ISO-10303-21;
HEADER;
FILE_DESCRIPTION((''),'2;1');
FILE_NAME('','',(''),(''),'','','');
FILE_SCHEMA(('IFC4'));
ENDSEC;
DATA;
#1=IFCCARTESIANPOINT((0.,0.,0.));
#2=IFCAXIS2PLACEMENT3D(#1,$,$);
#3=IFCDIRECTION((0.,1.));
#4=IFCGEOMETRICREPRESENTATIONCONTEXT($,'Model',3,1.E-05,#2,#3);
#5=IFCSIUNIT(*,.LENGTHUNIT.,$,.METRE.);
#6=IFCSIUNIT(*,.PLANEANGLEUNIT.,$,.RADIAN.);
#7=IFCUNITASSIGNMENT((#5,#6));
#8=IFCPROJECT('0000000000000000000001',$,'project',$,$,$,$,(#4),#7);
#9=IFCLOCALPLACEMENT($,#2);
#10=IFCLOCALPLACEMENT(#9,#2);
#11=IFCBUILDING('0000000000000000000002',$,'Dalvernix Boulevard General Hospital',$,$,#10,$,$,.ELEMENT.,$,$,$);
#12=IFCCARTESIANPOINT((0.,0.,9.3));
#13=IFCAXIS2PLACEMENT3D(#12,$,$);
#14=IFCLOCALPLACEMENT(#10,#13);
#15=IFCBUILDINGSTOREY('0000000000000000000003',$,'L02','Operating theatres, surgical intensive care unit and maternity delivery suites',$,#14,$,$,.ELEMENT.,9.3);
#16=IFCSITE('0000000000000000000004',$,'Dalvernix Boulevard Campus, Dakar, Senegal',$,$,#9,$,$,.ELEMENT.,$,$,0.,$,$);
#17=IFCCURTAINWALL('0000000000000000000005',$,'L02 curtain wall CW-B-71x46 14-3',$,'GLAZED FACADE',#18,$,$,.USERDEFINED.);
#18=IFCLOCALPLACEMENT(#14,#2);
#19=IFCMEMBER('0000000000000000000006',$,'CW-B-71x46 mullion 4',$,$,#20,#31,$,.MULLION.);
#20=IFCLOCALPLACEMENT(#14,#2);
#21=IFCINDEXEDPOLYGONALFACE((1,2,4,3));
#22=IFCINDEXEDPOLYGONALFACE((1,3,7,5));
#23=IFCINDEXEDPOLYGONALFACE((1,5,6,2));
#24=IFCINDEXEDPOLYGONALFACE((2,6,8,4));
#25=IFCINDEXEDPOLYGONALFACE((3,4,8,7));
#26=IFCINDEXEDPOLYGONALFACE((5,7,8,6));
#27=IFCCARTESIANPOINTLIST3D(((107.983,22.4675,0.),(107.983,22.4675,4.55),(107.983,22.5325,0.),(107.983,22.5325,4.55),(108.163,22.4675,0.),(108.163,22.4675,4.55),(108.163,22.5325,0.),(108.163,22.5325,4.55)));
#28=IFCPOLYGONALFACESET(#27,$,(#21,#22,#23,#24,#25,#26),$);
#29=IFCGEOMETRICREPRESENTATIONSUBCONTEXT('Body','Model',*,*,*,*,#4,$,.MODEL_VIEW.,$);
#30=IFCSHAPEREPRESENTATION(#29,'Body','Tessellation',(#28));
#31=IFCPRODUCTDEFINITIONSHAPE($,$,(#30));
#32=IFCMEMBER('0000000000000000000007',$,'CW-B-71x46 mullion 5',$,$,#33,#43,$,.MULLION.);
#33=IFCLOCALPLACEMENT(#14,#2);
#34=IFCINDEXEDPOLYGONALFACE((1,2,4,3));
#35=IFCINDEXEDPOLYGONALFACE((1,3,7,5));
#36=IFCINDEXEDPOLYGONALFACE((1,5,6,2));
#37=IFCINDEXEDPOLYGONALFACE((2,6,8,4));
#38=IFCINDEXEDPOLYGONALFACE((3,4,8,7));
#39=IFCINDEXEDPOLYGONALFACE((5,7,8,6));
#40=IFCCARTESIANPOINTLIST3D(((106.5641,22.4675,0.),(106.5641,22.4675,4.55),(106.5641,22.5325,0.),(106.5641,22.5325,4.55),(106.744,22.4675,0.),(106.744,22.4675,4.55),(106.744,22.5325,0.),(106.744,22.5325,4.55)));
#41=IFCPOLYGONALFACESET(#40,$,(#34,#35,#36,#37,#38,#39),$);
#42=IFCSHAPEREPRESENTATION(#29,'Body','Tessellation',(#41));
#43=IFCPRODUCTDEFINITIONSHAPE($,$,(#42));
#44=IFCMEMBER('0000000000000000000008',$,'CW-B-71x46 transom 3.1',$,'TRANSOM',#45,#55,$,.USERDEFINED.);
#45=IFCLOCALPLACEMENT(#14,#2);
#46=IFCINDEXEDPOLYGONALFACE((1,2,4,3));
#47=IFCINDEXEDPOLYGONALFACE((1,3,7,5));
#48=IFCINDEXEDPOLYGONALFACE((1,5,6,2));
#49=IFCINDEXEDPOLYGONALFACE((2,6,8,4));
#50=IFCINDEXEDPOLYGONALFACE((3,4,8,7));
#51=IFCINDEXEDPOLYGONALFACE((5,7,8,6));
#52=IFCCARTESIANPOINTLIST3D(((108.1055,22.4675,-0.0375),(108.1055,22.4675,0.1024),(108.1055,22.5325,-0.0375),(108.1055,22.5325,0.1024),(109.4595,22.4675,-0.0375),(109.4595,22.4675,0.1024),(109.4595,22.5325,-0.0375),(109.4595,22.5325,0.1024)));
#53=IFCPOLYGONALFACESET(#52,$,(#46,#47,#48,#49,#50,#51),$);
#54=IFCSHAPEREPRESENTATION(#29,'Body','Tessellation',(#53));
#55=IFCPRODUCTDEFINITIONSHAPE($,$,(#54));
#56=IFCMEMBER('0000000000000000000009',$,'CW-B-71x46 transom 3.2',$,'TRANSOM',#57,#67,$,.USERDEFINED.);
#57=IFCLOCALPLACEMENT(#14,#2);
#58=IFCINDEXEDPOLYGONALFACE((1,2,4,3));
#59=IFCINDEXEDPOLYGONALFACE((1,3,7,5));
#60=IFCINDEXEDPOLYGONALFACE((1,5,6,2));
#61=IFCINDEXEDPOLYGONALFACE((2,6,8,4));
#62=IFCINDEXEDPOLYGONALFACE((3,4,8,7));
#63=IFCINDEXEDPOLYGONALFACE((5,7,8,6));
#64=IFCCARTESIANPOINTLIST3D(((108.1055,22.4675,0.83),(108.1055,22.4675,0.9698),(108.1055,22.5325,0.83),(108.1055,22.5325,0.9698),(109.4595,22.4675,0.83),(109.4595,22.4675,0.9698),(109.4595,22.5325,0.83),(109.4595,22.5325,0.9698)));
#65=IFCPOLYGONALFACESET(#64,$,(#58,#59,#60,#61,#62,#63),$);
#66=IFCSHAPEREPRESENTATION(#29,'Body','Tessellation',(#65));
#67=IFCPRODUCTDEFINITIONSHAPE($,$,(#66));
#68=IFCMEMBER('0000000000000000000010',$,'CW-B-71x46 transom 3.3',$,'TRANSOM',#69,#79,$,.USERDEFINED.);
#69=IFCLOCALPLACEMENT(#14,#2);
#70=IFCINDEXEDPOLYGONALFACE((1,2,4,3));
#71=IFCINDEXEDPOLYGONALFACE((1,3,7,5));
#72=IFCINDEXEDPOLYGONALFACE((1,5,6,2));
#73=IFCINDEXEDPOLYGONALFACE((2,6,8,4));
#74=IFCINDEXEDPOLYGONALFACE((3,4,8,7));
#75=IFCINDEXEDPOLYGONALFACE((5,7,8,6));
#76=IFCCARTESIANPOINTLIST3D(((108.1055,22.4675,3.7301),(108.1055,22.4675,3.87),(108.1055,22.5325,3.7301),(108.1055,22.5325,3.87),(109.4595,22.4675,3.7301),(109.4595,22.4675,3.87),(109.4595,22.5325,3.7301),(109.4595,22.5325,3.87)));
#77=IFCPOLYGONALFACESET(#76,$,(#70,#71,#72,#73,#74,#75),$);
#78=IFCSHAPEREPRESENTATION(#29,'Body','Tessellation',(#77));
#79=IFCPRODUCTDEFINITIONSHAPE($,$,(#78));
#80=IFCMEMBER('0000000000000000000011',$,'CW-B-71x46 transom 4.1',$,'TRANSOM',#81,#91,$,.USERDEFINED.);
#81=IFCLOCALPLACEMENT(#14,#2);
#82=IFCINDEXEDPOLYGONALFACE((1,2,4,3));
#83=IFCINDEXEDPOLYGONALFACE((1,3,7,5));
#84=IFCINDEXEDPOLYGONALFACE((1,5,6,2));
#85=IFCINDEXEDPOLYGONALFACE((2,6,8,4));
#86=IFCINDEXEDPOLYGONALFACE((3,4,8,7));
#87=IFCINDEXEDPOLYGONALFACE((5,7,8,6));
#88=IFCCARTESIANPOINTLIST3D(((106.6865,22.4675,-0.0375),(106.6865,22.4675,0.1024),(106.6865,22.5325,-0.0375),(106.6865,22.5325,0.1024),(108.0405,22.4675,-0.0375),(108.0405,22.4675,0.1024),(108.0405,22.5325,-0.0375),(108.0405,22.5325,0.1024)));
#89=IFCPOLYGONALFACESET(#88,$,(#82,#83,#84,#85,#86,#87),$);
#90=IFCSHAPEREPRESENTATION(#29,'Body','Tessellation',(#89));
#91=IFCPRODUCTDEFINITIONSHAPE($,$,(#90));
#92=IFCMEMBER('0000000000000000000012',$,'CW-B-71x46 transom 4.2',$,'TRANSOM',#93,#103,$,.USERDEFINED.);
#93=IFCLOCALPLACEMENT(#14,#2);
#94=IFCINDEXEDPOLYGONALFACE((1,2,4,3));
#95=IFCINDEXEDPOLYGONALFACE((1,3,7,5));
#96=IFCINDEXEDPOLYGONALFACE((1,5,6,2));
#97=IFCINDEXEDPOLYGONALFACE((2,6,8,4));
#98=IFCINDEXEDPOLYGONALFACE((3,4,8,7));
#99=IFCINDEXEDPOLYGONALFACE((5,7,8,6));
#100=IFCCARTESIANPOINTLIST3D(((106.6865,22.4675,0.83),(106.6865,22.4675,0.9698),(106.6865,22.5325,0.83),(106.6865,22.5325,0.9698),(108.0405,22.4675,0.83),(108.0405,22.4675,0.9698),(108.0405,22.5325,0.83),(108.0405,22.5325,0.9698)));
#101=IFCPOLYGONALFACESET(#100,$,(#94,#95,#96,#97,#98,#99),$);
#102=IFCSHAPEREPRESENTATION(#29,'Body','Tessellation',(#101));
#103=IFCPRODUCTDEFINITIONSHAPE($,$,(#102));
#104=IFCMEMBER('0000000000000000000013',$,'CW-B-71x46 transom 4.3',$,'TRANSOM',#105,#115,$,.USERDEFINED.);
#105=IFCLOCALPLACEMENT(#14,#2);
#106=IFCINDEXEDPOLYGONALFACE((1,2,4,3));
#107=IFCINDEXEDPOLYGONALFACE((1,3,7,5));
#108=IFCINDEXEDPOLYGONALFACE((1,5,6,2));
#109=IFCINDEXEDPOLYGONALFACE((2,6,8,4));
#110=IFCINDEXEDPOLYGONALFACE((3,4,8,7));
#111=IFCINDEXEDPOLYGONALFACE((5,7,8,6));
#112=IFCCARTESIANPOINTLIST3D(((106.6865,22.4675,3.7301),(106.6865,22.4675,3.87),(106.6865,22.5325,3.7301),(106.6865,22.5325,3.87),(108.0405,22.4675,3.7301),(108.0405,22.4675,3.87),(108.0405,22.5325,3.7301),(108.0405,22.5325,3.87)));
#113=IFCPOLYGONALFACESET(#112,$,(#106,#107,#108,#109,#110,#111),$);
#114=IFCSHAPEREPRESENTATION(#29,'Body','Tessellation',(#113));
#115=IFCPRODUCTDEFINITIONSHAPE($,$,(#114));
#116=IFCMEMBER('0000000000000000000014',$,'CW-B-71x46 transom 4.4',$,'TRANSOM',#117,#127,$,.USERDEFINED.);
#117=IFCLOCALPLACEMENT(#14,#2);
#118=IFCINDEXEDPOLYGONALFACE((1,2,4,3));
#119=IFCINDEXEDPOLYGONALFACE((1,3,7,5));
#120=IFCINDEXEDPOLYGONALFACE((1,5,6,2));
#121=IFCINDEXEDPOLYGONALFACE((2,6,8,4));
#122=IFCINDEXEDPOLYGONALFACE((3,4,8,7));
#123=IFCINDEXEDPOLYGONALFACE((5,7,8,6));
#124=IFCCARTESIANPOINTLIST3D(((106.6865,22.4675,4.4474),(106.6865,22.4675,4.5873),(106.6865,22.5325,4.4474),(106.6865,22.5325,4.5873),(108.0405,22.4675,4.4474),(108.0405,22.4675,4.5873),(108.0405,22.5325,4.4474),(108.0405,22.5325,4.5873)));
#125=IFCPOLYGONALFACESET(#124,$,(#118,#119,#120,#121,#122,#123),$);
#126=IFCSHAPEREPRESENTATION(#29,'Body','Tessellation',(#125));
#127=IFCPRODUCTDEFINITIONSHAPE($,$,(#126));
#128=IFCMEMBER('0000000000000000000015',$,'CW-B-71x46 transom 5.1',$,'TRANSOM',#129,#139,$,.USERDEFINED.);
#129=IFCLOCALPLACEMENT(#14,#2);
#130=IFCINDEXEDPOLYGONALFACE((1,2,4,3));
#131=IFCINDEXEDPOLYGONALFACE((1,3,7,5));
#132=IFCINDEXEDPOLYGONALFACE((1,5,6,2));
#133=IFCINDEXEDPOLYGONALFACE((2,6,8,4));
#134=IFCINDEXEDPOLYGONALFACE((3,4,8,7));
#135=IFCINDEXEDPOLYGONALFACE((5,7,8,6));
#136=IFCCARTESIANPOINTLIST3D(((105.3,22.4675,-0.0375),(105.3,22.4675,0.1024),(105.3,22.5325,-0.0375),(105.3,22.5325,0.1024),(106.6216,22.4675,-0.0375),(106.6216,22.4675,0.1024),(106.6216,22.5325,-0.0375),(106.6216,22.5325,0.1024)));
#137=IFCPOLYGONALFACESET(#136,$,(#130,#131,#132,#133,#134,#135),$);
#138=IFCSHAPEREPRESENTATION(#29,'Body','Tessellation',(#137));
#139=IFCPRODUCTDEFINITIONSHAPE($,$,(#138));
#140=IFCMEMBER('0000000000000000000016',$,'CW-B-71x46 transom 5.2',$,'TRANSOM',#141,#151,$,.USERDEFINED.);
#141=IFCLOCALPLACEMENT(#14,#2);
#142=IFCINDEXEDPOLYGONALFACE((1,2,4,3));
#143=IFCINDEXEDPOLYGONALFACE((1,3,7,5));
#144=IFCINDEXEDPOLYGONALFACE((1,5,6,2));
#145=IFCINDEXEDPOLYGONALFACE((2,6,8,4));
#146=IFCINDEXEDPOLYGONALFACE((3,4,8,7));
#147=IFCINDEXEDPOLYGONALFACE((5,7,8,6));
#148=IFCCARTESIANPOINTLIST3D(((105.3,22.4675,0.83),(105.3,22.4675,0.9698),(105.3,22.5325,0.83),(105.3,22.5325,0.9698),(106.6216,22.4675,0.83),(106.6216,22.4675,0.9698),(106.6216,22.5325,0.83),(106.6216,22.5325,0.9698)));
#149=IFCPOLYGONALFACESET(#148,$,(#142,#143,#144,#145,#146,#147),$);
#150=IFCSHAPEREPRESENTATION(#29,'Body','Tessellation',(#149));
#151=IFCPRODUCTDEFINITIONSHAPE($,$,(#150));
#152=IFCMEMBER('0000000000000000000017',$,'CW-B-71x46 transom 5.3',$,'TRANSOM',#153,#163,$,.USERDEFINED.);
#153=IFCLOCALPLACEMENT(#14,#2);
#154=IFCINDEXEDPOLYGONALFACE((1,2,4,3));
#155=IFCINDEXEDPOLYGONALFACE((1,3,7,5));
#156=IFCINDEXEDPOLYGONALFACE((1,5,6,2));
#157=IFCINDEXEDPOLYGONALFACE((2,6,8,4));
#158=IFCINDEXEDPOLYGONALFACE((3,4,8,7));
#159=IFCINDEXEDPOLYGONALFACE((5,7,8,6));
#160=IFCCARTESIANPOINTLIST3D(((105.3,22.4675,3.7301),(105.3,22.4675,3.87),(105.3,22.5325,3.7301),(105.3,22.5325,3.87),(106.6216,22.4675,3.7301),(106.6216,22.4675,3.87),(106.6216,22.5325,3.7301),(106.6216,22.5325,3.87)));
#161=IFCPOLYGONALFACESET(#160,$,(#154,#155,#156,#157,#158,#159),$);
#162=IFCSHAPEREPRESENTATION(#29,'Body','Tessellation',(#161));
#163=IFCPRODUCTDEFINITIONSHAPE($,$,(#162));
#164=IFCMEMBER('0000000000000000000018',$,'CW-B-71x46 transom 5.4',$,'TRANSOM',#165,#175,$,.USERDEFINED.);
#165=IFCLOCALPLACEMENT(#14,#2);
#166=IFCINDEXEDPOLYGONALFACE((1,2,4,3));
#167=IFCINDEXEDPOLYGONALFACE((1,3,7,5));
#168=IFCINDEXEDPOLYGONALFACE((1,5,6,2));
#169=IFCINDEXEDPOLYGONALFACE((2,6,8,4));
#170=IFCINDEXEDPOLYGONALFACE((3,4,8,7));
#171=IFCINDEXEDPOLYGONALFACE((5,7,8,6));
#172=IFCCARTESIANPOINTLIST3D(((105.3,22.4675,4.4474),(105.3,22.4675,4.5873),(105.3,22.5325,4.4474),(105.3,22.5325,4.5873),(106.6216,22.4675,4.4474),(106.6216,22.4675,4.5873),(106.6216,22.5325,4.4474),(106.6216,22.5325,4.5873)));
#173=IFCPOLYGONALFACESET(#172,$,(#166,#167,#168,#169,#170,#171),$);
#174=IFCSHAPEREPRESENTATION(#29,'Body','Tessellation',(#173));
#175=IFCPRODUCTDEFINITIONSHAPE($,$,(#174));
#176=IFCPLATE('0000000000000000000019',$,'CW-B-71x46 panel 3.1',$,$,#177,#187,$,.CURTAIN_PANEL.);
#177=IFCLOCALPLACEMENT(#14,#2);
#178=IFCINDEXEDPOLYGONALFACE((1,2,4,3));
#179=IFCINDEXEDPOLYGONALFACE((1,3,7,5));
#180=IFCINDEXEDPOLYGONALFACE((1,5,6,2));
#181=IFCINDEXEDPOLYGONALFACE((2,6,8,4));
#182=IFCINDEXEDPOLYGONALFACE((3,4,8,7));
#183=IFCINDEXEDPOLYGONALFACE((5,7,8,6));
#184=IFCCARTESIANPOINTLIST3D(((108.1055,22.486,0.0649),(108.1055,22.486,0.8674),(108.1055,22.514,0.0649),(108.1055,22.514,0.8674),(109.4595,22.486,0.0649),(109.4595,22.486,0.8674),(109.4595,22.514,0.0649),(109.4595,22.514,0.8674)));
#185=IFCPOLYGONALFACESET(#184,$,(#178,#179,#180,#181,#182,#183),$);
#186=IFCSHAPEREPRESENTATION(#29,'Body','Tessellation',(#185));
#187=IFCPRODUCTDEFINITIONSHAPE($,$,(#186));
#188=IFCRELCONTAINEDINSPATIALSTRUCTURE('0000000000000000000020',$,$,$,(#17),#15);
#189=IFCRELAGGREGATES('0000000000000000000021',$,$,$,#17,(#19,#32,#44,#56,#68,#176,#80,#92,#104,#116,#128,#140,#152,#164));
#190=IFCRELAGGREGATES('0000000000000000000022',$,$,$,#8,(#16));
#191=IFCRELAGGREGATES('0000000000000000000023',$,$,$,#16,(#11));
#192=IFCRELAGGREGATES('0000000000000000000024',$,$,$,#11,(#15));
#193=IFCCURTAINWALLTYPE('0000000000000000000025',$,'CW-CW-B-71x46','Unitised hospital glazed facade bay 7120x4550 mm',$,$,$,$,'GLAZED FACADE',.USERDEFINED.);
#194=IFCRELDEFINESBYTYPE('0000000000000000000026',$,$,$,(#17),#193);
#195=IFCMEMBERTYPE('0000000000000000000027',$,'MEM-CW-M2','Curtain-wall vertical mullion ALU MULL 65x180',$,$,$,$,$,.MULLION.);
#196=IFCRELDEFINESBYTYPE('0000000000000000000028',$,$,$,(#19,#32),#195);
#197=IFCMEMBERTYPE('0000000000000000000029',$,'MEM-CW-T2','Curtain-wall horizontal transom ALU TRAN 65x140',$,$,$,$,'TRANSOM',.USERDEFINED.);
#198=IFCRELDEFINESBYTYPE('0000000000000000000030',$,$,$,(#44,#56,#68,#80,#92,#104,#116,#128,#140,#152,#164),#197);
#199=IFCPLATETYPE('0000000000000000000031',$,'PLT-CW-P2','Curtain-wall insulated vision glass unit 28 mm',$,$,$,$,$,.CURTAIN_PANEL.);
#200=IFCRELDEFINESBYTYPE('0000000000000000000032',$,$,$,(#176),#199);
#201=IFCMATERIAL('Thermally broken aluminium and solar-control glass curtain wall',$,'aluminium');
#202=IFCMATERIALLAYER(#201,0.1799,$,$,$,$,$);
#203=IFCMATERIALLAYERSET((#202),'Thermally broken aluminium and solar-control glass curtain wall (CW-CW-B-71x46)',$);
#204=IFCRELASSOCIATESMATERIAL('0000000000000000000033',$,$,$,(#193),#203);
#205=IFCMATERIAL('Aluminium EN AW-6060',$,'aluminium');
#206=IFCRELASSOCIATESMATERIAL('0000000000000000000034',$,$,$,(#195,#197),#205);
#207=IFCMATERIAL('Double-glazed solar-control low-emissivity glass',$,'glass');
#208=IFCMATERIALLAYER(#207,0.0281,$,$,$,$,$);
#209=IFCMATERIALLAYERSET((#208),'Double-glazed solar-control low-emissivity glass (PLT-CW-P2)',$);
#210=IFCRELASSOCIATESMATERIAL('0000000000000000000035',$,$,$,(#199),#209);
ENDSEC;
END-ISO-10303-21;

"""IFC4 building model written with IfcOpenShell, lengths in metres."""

from ifc_helpers import new_model, si_unit, direction, frame, origin, origin_2d, place, context, subcontext, project, spatial, rectangle, extrude, material, layer, layer_set, material_profile, profile_set, type_object, element, aggregate, save


model = new_model("IFC4")

# Units and contexts
model_context = context("Model", 3, precision=1e-05, world=origin(), true_north=direction((0.0, 1.0)))
body_context = subcontext(model_context, "Body", "Model", "MODEL_VIEW")
ifc_project = project(units=[si_unit("LENGTHUNIT", "METRE"), si_unit("PLANEANGLEUNIT", "RADIAN")], contexts=[model_context])

# Site, building, storey
site_placement = place(None, origin())
site = spatial("IfcSite", under=ifc_project, at=site_placement, Name="Dalvernix Boulevard Campus, Dakar, Senegal", CompositionType="ELEMENT", RefElevation=0.0)
building_placement = place(site_placement, origin())
building = spatial("IfcBuilding", under=site, at=building_placement, Name="Dalvernix Boulevard General Hospital", CompositionType="ELEMENT")
storey_placement = place(building_placement, frame((0.0, 0.0, 9.3)))
storey = spatial("IfcBuildingStorey", under=building, at=storey_placement, Name="L02", Description="Operating theatres, surgical intensive care unit and maternity delivery suites", CompositionType="ELEMENT", Elevation=9.3)

# Curtain wall, members, plate
ifc_material_1 = material(Name="Thermally broken aluminium and solar-control glass curtain wall", Category="aluminium")
ifc_layer_1 = layer(ifc_material_1, 0.1799)
ifc_layer_set_1 = layer_set([ifc_layer_1], Name="Thermally broken aluminium and solar-control glass curtain wall (CW-CW-B-71x46)")
curtain_wall_type = type_object("IfcCurtainWallType", Name="CW-CW-B-71x46", Description="Unitised hospital glazed facade bay 7120x4550 mm", ElementType="GLAZED FACADE", PredefinedType="USERDEFINED", material=ifc_layer_set_1)
curtain_wall_placement = place(storey_placement, origin())
curtain_wall = element("IfcCurtainWall", 1, at=curtain_wall_placement, inside=storey, type_object=curtain_wall_type, Name="L02 curtain wall CW-B-71x46 14-3", ObjectType="GLAZED FACADE", PredefinedType="USERDEFINED")
ifc_material_2 = material(Name="Aluminium EN AW-6060", Category="aluminium")
ifc_material_profile_1 = material_profile(ifc_material_2, rectangle(XDim=0.0649, YDim=0.1799, at=origin_2d()), Name="ALU MULL 65x180")
ifc_profile_set_1 = profile_set([ifc_material_profile_1], Name="Aluminium EN AW-6060")
member_type_1 = type_object("IfcMemberType", Name="MEM-CW-M2", Description="Curtain-wall vertical mullion ALU MULL 65x180", PredefinedType="MULLION", material=ifc_profile_set_1)
member_1_placement = place(storey_placement, frame((108.073, 22.5, 0.0), z_axis=(0.0, 0.0, 1.0), x_axis=(0.0, -1.0, 0.0)))
member_1 = element("IfcMember", 2, at=member_1_placement, type_object=member_type_1, Name="CW-B-71x46 mullion 4", PredefinedType="MULLION", context=body_context, shape_type="SweptSolid", body=[
    extrude(rectangle(XDim=0.0649, YDim=0.1799, at=origin_2d()), origin(), (0.0, 0.0, 1.0), 4.55),
])
member_2_placement = place(storey_placement, frame((106.6541, 22.5, 0.0), z_axis=(0.0, 0.0, 1.0), x_axis=(0.0, -1.0, 0.0)))
member_2 = element("IfcMember", 3, at=member_2_placement, type_object=member_type_1, Name="CW-B-71x46 mullion 5", PredefinedType="MULLION", context=body_context, shape_type="SweptSolid", body=[
    extrude(rectangle(XDim=0.0649, YDim=0.1799, at=origin_2d()), origin(), (0.0, 0.0, 1.0), 4.55),
])
ifc_material_profile_2 = material_profile(ifc_material_2, rectangle(XDim=0.0649, YDim=0.1399, at=origin_2d()), Name="ALU TRAN 65x140")
ifc_profile_set_2 = profile_set([ifc_material_profile_2], Name="Aluminium EN AW-6060")
member_type_2 = type_object("IfcMemberType", Name="MEM-CW-T2", Description="Curtain-wall horizontal transom ALU TRAN 65x140", ElementType="TRANSOM", PredefinedType="USERDEFINED", material=ifc_profile_set_2)
member_3_placement = place(storey_placement, frame((109.4595, 22.5, 0.0325), z_axis=(-1.0, 0.0, 0.0), x_axis=(0.0, -1.0, 0.0)))
member_3 = element("IfcMember", 4, at=member_3_placement, type_object=member_type_2, Name="CW-B-71x46 transom 3.1", ObjectType="TRANSOM", PredefinedType="USERDEFINED", context=body_context, shape_type="SweptSolid", body=[
    extrude(rectangle(XDim=0.0649, YDim=0.1399, at=origin_2d()), origin(), (0.0, 0.0, 1.0), 1.354),
])
member_4_placement = place(storey_placement, frame((109.4595, 22.5, 0.8999), z_axis=(-1.0, 0.0, 0.0), x_axis=(0.0, -1.0, 0.0)))
member_4 = element("IfcMember", 5, at=member_4_placement, type_object=member_type_2, Name="CW-B-71x46 transom 3.2", ObjectType="TRANSOM", PredefinedType="USERDEFINED", context=body_context, shape_type="SweptSolid", body=[
    extrude(rectangle(XDim=0.0649, YDim=0.1399, at=origin_2d()), origin(), (0.0, 0.0, 1.0), 1.354),
])
member_5_placement = place(storey_placement, frame((109.4595, 22.5, 3.8), z_axis=(-1.0, 0.0, 0.0), x_axis=(0.0, -1.0, 0.0)))
member_5 = element("IfcMember", 6, at=member_5_placement, type_object=member_type_2, Name="CW-B-71x46 transom 3.3", ObjectType="TRANSOM", PredefinedType="USERDEFINED", context=body_context, shape_type="SweptSolid", body=[
    extrude(rectangle(XDim=0.0649, YDim=0.1399, at=origin_2d()), origin(), (0.0, 0.0, 1.0), 1.354),
])
member_6_placement = place(storey_placement, frame((108.0405, 22.5, 0.0325), z_axis=(-1.0, 0.0, 0.0), x_axis=(0.0, -1.0, 0.0)))
member_6 = element("IfcMember", 7, at=member_6_placement, type_object=member_type_2, Name="CW-B-71x46 transom 4.1", ObjectType="TRANSOM", PredefinedType="USERDEFINED", context=body_context, shape_type="SweptSolid", body=[
    extrude(rectangle(XDim=0.0649, YDim=0.1399, at=origin_2d()), origin(), (0.0, 0.0, 1.0), 1.354),
])
member_7_placement = place(storey_placement, frame((108.0405, 22.5, 0.8999), z_axis=(-1.0, 0.0, 0.0), x_axis=(0.0, -1.0, 0.0)))
member_7 = element("IfcMember", 8, at=member_7_placement, type_object=member_type_2, Name="CW-B-71x46 transom 4.2", ObjectType="TRANSOM", PredefinedType="USERDEFINED", context=body_context, shape_type="SweptSolid", body=[
    extrude(rectangle(XDim=0.0649, YDim=0.1399, at=origin_2d()), origin(), (0.0, 0.0, 1.0), 1.354),
])
member_8_placement = place(storey_placement, frame((108.0405, 22.5, 3.8), z_axis=(-1.0, 0.0, 0.0), x_axis=(0.0, -1.0, 0.0)))
member_8 = element("IfcMember", 9, at=member_8_placement, type_object=member_type_2, Name="CW-B-71x46 transom 4.3", ObjectType="TRANSOM", PredefinedType="USERDEFINED", context=body_context, shape_type="SweptSolid", body=[
    extrude(rectangle(XDim=0.0649, YDim=0.1399, at=origin_2d()), origin(), (0.0, 0.0, 1.0), 1.354),
])
member_9_placement = place(storey_placement, frame((108.0405, 22.5, 4.5173), z_axis=(-1.0, 0.0, 0.0), x_axis=(0.0, -1.0, 0.0)))
member_9 = element("IfcMember", 10, at=member_9_placement, type_object=member_type_2, Name="CW-B-71x46 transom 4.4", ObjectType="TRANSOM", PredefinedType="USERDEFINED", context=body_context, shape_type="SweptSolid", body=[
    extrude(rectangle(XDim=0.0649, YDim=0.1399, at=origin_2d()), origin(), (0.0, 0.0, 1.0), 1.354),
])
member_10_placement = place(storey_placement, frame((106.6216, 22.5, 0.0325), z_axis=(-1.0, 0.0, 0.0), x_axis=(0.0, -1.0, 0.0)))
member_10 = element("IfcMember", 11, at=member_10_placement, type_object=member_type_2, Name="CW-B-71x46 transom 5.1", ObjectType="TRANSOM", PredefinedType="USERDEFINED", context=body_context, shape_type="SweptSolid", body=[
    extrude(rectangle(XDim=0.0649, YDim=0.1399, at=origin_2d()), origin(), (0.0, 0.0, 1.0), 1.3215),
])
member_11_placement = place(storey_placement, frame((106.6216, 22.5, 0.8999), z_axis=(-1.0, 0.0, 0.0), x_axis=(0.0, -1.0, 0.0)))
member_11 = element("IfcMember", 12, at=member_11_placement, type_object=member_type_2, Name="CW-B-71x46 transom 5.2", ObjectType="TRANSOM", PredefinedType="USERDEFINED", context=body_context, shape_type="SweptSolid", body=[
    extrude(rectangle(XDim=0.0649, YDim=0.1399, at=origin_2d()), origin(), (0.0, 0.0, 1.0), 1.3215),
])
member_12_placement = place(storey_placement, frame((106.6216, 22.5, 3.8), z_axis=(-1.0, 0.0, 0.0), x_axis=(0.0, -1.0, 0.0)))
member_12 = element("IfcMember", 13, at=member_12_placement, type_object=member_type_2, Name="CW-B-71x46 transom 5.3", ObjectType="TRANSOM", PredefinedType="USERDEFINED", context=body_context, shape_type="SweptSolid", body=[
    extrude(rectangle(XDim=0.0649, YDim=0.1399, at=origin_2d()), origin(), (0.0, 0.0, 1.0), 1.3215),
])
member_13_placement = place(storey_placement, frame((106.6216, 22.5, 4.5173), z_axis=(-1.0, 0.0, 0.0), x_axis=(0.0, -1.0, 0.0)))
member_13 = element("IfcMember", 14, at=member_13_placement, type_object=member_type_2, Name="CW-B-71x46 transom 5.4", ObjectType="TRANSOM", PredefinedType="USERDEFINED", context=body_context, shape_type="SweptSolid", body=[
    extrude(rectangle(XDim=0.0649, YDim=0.1399, at=origin_2d()), origin(), (0.0, 0.0, 1.0), 1.3215),
])
ifc_material_3 = material(Name="Double-glazed solar-control low-emissivity glass", Category="glass")
ifc_layer_2 = layer(ifc_material_3, 0.0281)
ifc_layer_set_2 = layer_set([ifc_layer_2], Name="Double-glazed solar-control low-emissivity glass (PLT-CW-P2)")
plate_type = type_object("IfcPlateType", Name="PLT-CW-P2", Description="Curtain-wall insulated vision glass unit 28 mm", PredefinedType="CURTAIN_PANEL", material=ifc_layer_set_2)
plate_1_placement = place(storey_placement, frame((108.7825, 22.5, 0.0649), z_axis=(0.0, 0.0, 1.0), x_axis=(-1.0, 0.0, 0.0)))
plate_1 = element("IfcPlate", 15, at=plate_1_placement, type_object=plate_type, Name="CW-B-71x46 panel 3.1", PredefinedType="CURTAIN_PANEL", context=body_context, shape_type="SweptSolid", body=[
    extrude(rectangle(XDim=1.354, YDim=0.0281, at=origin_2d()), origin(), (0.0, 0.0, 1.0), 0.8025),
])
aggregate(curtain_wall, [member_1, member_2, member_3, member_4, member_5, plate_1, member_6, member_7, member_8, member_9, member_10, member_11, member_12, member_13])

save(model, "model.ifc")
